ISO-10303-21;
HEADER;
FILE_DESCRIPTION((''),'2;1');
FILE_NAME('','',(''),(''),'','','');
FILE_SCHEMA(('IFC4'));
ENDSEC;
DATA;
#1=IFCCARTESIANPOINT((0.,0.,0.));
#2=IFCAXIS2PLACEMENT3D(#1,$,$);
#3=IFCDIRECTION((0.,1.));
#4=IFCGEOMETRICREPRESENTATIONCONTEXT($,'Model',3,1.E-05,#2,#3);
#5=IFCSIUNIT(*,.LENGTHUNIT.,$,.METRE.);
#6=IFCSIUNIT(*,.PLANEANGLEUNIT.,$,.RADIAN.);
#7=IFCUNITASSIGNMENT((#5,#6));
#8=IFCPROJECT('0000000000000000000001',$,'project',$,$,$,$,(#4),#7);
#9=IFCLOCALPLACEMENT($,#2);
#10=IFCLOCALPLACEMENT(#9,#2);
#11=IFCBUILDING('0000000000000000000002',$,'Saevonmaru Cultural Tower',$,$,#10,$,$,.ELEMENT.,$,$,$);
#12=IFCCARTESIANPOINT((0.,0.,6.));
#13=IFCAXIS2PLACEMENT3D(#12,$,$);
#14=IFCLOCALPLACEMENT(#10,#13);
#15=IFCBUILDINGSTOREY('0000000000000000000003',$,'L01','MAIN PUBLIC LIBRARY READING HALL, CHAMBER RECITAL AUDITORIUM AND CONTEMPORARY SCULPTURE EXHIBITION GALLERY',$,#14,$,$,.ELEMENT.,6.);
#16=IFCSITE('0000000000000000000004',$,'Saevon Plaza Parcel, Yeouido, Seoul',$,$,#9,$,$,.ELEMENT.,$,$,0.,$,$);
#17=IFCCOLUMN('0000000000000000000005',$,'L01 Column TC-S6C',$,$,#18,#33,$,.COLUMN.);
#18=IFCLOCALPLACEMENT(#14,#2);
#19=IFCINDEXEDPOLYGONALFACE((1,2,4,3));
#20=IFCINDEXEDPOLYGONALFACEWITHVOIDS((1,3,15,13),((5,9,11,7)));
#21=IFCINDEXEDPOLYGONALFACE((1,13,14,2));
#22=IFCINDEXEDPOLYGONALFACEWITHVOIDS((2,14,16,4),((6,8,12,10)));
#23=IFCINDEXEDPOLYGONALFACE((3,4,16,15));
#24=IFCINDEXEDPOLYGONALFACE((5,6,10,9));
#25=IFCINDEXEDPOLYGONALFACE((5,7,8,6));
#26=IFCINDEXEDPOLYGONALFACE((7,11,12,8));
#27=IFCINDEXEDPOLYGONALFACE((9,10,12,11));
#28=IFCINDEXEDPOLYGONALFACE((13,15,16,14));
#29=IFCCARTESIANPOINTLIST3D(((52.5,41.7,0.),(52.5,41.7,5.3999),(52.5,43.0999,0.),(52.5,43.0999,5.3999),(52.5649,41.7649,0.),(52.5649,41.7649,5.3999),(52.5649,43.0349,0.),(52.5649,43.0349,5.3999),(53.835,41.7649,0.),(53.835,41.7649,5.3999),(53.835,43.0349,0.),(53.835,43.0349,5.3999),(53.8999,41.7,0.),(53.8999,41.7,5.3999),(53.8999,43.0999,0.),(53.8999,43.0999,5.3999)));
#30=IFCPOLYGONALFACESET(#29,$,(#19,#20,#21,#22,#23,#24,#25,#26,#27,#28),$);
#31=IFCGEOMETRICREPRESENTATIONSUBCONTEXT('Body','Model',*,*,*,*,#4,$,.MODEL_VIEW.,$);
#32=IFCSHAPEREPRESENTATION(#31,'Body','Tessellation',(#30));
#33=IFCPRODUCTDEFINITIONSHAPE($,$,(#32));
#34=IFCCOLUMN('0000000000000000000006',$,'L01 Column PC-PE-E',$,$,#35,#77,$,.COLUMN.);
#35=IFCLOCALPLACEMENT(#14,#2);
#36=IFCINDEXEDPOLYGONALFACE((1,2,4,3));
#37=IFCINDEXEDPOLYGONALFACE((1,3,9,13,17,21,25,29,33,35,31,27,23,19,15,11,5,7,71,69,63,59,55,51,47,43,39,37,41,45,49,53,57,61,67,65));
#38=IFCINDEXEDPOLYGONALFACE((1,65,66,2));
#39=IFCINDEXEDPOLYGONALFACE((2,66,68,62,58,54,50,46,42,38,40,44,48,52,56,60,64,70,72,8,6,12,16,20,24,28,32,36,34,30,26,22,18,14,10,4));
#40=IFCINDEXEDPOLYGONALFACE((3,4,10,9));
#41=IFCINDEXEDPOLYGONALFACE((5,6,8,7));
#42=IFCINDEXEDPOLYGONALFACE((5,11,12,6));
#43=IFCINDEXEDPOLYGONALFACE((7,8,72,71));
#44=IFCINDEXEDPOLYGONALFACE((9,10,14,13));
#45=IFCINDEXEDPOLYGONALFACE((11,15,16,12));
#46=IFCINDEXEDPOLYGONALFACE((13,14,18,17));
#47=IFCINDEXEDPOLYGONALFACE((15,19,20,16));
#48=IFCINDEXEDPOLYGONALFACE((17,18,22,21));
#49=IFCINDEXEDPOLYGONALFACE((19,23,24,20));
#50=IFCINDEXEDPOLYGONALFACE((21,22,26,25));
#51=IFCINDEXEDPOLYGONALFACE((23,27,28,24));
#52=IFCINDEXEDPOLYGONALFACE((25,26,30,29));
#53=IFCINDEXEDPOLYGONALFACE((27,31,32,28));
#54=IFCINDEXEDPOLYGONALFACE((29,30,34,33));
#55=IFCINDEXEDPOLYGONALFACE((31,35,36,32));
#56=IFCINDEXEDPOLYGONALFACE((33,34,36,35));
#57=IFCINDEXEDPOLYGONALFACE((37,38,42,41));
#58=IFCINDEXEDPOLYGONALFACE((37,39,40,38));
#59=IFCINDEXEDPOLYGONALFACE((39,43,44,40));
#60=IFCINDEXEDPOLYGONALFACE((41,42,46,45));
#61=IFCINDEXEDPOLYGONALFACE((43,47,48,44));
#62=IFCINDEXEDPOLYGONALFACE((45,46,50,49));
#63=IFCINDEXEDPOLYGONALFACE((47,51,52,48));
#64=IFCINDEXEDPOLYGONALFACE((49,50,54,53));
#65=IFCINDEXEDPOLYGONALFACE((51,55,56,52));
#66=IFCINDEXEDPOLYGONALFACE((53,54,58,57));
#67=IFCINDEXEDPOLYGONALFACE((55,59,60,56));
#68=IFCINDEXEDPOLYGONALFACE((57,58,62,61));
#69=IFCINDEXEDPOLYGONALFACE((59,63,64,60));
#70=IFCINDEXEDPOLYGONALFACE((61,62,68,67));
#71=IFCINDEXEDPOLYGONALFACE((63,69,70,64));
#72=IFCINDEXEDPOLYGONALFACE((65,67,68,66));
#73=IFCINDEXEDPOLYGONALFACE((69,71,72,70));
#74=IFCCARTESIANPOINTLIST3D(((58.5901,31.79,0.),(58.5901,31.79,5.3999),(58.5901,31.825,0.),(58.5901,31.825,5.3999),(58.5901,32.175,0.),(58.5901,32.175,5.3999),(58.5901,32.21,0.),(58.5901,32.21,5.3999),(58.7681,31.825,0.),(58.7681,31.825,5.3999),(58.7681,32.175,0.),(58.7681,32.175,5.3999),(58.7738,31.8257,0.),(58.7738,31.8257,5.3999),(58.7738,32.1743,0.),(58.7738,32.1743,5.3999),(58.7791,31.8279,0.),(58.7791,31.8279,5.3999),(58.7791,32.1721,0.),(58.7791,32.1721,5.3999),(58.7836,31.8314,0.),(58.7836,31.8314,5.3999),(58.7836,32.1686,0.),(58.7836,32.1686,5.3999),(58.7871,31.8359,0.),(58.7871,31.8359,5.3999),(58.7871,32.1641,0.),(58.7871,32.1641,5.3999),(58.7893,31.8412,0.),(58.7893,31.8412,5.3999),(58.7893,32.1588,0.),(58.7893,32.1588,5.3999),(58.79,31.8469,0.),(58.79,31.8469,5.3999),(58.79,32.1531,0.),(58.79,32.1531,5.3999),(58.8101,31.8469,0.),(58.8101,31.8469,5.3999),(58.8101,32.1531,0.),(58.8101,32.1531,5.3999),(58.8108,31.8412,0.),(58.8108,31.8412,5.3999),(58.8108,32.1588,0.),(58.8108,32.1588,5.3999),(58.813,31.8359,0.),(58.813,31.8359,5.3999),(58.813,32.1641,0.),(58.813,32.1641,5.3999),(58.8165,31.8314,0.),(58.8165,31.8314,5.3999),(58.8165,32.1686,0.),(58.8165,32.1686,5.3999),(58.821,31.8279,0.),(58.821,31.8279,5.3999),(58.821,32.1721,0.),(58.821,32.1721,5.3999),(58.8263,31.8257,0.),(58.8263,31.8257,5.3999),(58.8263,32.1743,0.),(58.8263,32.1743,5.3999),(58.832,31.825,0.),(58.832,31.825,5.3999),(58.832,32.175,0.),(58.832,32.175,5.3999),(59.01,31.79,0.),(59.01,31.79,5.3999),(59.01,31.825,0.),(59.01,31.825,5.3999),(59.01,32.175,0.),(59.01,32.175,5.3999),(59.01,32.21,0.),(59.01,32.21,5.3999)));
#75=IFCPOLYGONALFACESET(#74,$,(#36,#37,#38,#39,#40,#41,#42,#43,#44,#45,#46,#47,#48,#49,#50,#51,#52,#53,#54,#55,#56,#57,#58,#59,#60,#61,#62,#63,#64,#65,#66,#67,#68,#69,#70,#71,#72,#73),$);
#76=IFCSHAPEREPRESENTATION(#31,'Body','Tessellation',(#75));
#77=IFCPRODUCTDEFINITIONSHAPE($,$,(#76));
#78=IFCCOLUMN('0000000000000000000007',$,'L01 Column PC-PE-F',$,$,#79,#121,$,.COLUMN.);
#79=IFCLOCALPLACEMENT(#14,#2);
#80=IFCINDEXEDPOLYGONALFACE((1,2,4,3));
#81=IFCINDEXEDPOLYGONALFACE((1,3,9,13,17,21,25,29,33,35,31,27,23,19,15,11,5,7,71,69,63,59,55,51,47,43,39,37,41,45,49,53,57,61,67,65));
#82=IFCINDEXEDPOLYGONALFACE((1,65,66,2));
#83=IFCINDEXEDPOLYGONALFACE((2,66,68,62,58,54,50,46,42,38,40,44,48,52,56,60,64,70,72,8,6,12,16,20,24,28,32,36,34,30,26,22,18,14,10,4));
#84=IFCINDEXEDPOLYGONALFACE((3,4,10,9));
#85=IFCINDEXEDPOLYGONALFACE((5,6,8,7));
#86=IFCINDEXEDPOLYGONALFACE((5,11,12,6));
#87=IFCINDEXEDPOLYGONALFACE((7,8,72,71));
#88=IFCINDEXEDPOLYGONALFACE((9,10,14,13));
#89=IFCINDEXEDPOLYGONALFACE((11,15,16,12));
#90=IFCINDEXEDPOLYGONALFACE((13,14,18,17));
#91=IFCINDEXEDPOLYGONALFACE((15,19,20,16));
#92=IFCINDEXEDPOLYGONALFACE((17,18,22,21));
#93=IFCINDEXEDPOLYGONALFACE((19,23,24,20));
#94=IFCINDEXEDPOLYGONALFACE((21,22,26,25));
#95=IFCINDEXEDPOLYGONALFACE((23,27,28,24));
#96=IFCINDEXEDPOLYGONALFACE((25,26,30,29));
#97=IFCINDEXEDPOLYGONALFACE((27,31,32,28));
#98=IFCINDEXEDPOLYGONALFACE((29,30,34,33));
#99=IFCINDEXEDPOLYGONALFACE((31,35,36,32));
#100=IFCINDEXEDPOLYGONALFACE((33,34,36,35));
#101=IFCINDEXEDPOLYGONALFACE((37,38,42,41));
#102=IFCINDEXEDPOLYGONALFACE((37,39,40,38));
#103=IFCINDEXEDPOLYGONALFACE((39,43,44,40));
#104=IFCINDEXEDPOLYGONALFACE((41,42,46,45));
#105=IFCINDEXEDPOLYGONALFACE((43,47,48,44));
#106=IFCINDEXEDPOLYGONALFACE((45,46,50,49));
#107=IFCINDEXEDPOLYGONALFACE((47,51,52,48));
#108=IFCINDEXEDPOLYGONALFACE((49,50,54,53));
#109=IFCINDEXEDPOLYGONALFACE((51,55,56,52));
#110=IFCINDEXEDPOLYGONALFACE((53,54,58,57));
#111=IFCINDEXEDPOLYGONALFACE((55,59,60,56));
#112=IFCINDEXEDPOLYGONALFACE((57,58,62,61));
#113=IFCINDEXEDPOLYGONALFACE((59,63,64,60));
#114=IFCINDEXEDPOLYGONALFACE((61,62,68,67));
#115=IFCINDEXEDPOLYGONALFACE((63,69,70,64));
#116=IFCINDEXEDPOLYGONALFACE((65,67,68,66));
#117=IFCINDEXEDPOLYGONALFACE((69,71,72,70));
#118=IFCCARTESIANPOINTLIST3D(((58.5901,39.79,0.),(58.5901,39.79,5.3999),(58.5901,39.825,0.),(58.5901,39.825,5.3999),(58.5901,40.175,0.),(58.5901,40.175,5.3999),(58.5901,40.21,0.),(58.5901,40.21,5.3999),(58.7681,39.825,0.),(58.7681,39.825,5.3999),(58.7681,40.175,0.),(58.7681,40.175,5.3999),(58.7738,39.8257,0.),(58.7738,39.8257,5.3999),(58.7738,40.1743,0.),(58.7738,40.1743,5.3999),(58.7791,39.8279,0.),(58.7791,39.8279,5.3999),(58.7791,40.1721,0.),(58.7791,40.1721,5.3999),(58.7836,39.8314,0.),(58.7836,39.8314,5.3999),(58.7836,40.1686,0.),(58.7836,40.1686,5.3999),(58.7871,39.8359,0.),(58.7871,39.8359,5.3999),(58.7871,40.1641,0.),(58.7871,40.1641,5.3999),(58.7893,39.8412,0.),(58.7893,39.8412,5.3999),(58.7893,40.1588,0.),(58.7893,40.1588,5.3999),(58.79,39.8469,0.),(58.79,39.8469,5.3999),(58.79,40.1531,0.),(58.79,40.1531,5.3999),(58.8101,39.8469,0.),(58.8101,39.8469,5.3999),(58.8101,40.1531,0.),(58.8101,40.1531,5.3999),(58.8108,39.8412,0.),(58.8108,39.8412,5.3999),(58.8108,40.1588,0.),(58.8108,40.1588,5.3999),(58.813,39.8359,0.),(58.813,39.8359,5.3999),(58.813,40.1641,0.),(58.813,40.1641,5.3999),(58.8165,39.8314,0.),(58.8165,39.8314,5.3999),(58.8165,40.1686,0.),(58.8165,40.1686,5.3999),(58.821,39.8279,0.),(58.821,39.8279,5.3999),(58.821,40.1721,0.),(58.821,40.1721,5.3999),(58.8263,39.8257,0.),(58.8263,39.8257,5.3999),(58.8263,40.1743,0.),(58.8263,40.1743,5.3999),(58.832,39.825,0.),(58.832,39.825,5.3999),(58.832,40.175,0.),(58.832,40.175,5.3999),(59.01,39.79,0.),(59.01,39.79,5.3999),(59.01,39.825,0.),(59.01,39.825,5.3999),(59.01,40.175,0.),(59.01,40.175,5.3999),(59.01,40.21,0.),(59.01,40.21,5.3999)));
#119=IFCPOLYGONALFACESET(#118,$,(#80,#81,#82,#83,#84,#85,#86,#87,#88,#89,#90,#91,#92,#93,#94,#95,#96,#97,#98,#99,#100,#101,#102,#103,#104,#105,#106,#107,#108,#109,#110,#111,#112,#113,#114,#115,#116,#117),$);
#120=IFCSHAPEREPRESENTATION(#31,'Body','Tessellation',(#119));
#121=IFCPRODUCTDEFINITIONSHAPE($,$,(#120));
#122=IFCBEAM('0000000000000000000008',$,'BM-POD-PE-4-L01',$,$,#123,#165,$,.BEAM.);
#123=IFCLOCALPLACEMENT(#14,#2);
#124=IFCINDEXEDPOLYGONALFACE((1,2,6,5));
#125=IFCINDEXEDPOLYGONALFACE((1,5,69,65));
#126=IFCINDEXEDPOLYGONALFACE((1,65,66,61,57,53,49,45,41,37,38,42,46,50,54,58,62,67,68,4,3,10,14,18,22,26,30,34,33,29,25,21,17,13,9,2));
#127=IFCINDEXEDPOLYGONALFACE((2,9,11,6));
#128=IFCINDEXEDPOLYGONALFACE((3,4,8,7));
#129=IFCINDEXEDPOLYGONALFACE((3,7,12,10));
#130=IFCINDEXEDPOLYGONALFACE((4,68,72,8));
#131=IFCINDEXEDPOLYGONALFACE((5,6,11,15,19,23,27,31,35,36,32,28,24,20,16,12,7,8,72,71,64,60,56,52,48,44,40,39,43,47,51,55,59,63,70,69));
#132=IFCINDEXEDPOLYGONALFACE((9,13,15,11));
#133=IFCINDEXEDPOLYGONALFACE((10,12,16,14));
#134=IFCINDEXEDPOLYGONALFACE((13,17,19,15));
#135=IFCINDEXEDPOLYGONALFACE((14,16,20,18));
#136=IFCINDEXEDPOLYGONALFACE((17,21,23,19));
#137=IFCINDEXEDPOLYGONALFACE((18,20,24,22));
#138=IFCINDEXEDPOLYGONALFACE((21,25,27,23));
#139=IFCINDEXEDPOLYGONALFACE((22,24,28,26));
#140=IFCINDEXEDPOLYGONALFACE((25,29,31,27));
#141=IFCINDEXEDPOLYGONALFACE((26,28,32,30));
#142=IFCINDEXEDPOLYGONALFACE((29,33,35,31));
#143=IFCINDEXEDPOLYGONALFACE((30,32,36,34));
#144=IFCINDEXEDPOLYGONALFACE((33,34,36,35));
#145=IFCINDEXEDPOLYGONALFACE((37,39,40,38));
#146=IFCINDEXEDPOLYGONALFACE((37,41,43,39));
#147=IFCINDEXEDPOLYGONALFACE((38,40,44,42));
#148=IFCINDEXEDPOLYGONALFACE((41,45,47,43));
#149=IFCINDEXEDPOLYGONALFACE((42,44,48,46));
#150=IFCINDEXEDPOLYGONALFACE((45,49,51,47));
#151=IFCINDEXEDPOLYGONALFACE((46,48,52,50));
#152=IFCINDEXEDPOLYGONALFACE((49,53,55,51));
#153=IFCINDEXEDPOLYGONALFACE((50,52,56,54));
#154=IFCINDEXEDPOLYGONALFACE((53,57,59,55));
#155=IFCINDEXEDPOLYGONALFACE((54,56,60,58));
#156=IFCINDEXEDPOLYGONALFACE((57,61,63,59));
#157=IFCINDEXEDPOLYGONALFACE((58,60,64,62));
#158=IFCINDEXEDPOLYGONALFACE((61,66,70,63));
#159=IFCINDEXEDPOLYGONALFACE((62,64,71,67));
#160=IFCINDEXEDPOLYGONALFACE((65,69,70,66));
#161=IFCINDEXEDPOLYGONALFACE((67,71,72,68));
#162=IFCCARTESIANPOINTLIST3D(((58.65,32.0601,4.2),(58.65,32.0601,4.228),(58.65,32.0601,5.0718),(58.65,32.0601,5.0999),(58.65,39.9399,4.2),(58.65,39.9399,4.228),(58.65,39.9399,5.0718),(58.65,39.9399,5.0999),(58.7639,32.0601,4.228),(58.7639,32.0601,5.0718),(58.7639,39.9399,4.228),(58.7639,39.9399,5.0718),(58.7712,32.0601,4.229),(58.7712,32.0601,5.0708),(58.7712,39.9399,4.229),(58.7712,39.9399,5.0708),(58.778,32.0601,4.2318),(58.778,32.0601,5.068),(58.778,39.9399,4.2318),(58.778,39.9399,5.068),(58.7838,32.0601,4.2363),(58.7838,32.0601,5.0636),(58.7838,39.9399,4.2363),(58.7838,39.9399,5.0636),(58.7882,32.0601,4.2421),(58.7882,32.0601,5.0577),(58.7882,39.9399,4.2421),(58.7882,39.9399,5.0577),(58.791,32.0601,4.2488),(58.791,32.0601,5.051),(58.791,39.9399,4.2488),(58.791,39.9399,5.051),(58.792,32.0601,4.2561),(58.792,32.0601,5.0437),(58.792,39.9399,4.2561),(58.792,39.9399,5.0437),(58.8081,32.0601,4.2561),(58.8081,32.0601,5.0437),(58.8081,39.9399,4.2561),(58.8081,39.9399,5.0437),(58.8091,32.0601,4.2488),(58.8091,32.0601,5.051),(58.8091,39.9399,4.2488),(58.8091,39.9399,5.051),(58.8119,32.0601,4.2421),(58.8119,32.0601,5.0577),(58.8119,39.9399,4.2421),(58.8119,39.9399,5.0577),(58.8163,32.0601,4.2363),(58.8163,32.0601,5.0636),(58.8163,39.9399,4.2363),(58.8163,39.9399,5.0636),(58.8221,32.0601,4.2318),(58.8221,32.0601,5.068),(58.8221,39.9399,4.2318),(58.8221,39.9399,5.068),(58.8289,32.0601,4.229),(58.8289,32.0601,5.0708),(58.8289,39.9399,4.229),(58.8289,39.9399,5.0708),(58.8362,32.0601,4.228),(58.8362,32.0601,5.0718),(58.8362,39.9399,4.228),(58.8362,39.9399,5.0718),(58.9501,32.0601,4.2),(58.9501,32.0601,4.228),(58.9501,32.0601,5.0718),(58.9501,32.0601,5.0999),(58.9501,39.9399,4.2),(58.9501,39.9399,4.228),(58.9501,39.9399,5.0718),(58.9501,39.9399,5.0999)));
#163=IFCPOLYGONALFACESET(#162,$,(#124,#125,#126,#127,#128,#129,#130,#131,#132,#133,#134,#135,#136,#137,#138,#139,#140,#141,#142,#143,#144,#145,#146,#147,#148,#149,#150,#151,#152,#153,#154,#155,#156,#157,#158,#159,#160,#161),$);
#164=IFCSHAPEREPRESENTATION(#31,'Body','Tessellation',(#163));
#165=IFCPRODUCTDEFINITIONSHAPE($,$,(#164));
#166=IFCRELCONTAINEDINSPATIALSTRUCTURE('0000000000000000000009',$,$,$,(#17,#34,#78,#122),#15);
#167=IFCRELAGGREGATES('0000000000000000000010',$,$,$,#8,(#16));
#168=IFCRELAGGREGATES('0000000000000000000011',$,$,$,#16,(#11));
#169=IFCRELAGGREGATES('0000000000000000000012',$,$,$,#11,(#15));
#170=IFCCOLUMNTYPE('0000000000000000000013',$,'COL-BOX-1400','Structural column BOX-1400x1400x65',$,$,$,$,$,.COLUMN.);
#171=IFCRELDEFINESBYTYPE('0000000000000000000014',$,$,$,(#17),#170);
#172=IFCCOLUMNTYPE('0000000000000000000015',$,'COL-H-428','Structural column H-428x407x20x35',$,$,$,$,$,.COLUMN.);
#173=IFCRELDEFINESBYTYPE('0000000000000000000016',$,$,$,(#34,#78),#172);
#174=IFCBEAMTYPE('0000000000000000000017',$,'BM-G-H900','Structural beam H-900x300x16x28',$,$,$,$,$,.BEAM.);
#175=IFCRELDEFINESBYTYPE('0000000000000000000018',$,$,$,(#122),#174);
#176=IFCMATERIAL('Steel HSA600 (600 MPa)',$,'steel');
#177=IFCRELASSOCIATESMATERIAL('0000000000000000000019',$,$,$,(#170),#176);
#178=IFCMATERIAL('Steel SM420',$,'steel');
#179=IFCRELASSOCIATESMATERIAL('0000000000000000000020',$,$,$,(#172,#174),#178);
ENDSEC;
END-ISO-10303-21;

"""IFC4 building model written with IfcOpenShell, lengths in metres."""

from ifc_helpers import new_model, si_unit, direction, frame, origin, origin_2d, place, context, subcontext, project, spatial, hollow_rectangle, i_section, extrude, material, material_profile, profile_set, type_object, element, save


model = new_model("IFC4")

# Units and contexts
model_context = context("Model", 3, precision=1e-05, world=origin(), true_north=direction((0.0, 1.0)))
body_context = subcontext(model_context, "Body", "Model", "MODEL_VIEW")
ifc_project = project(units=[si_unit("LENGTHUNIT", "METRE"), si_unit("PLANEANGLEUNIT", "RADIAN")], contexts=[model_context])

# Site, building, storey
site_placement = place(None, origin())
site = spatial("IfcSite", under=ifc_project, at=site_placement, Name="Saevon Plaza Parcel, Yeouido, Seoul", CompositionType="ELEMENT", RefElevation=0.0)
building_placement = place(site_placement, origin())
building = spatial("IfcBuilding", under=site, at=building_placement, Name="Saevonmaru Cultural Tower", CompositionType="ELEMENT")
storey_placement = place(building_placement, frame((0.0, 0.0, 6.0)))
storey = spatial("IfcBuildingStorey", under=building, at=storey_placement, Name="L01", Description="MAIN PUBLIC LIBRARY READING HALL, CHAMBER RECITAL AUDITORIUM AND CONTEMPORARY SCULPTURE EXHIBITION GALLERY", CompositionType="ELEMENT", Elevation=6.0)

# Columns
ifc_material_1 = material(Name="Steel HSA600 (600 MPa)", Category="steel")
ifc_material_profile_1 = material_profile(ifc_material_1, hollow_rectangle(XDim=1.3999, YDim=1.3999, WallThickness=0.0649, at=origin_2d()), Name="BOX-1400x1400x65")
ifc_profile_set_1 = profile_set([ifc_material_profile_1], Name="Steel HSA600 (600 MPa)")
column_type_1 = type_object("IfcColumnType", Name="COL-BOX-1400", Description="Structural column BOX-1400x1400x65", PredefinedType="COLUMN", material=ifc_profile_set_1)
column_placement = place(storey_placement, frame((53.2, 42.3999, 0.0), z_axis=(0.0, 0.0, 1.0), x_axis=(1.0, 0.0, 0.0)))
element("IfcColumn", 1, at=column_placement, inside=storey, type_object=column_type_1, Name="L01 Column TC-S6C", PredefinedType="COLUMN", context=body_context, shape_type="SweptSolid", body=[
    extrude(hollow_rectangle(XDim=1.3999, YDim=1.3999, WallThickness=0.0649, at=origin_2d()), origin(), (0.0, 0.0, 1.0), 5.3999),
])
ifc_material_2 = material(Name="Steel SM420", Category="steel")
ifc_material_profile_2 = material_profile(ifc_material_2, i_section(OverallWidth=0.4199, OverallDepth=0.4199, WebThickness=0.02, FlangeThickness=0.0349, FilletRadius=0.022, at=origin_2d()), Name="H-428x407x20x35")
ifc_profile_set_2 = profile_set([ifc_material_profile_2], Name="Steel SM420")
column_type_2 = type_object("IfcColumnType", Name="COL-H-428", Description="Structural column H-428x407x20x35", PredefinedType="COLUMN", material=ifc_profile_set_2)
for number, where, z_axis, x_axis, name in (
    (2, (58.8, 32.0, 0.0), (0.0, 0.0, 1.0), (1.0, 0.0, 0.0), "L01 Column PC-PE-E"),
    (3, (58.8, 40.0, 0.0), (0.0, 0.0, 1.0), (1.0, 0.0, 0.0), "L01 Column PC-PE-F"),
):
    element("IfcColumn", number, at=place(storey_placement, frame(where, z_axis=z_axis, x_axis=x_axis)), inside=storey, type_object=column_type_2, Name=name, PredefinedType="COLUMN", context=body_context, shape_type="SweptSolid", body=[
        extrude(i_section(OverallWidth=0.4199, OverallDepth=0.4199, WebThickness=0.02, FlangeThickness=0.0349, FilletRadius=0.022, at=origin_2d()), origin(), (0.0, 0.0, 1.0), 5.3999),
    ])

# Beam
ifc_material_profile_3 = material_profile(ifc_material_2, i_section(OverallWidth=0.3, OverallDepth=0.8999, WebThickness=0.0161, FlangeThickness=0.0281, FilletRadius=0.0281, at=origin_2d()), Name="H-900x300x16x28")
ifc_profile_set_3 = profile_set([ifc_material_profile_3], Name="Steel SM420")
beam_type = type_object("IfcBeamType", Name="BM-G-H900", Description="Structural beam H-900x300x16x28", PredefinedType="BEAM", material=ifc_profile_set_3)
for number, where, z_axis, x_axis, name in (
    (4, (58.8, 32.0601, 4.6499), (0.0, 1.0, 0.0), (-1.0, 0.0, 0.0), "BM-POD-PE-4-L01"),
):
    element("IfcBeam", number, at=place(storey_placement, frame(where, z_axis=z_axis, x_axis=x_axis)), inside=storey, type_object=beam_type, Name=name, PredefinedType="BEAM", context=body_context, shape_type="SweptSolid", body=[
        extrude(i_section(OverallWidth=0.3, OverallDepth=0.8999, WebThickness=0.0161, FlangeThickness=0.0281, FilletRadius=0.0281, at=origin_2d()), origin(), (0.0, 0.0, 1.0), 7.8799),
    ])

save(model, "model.ifc")
